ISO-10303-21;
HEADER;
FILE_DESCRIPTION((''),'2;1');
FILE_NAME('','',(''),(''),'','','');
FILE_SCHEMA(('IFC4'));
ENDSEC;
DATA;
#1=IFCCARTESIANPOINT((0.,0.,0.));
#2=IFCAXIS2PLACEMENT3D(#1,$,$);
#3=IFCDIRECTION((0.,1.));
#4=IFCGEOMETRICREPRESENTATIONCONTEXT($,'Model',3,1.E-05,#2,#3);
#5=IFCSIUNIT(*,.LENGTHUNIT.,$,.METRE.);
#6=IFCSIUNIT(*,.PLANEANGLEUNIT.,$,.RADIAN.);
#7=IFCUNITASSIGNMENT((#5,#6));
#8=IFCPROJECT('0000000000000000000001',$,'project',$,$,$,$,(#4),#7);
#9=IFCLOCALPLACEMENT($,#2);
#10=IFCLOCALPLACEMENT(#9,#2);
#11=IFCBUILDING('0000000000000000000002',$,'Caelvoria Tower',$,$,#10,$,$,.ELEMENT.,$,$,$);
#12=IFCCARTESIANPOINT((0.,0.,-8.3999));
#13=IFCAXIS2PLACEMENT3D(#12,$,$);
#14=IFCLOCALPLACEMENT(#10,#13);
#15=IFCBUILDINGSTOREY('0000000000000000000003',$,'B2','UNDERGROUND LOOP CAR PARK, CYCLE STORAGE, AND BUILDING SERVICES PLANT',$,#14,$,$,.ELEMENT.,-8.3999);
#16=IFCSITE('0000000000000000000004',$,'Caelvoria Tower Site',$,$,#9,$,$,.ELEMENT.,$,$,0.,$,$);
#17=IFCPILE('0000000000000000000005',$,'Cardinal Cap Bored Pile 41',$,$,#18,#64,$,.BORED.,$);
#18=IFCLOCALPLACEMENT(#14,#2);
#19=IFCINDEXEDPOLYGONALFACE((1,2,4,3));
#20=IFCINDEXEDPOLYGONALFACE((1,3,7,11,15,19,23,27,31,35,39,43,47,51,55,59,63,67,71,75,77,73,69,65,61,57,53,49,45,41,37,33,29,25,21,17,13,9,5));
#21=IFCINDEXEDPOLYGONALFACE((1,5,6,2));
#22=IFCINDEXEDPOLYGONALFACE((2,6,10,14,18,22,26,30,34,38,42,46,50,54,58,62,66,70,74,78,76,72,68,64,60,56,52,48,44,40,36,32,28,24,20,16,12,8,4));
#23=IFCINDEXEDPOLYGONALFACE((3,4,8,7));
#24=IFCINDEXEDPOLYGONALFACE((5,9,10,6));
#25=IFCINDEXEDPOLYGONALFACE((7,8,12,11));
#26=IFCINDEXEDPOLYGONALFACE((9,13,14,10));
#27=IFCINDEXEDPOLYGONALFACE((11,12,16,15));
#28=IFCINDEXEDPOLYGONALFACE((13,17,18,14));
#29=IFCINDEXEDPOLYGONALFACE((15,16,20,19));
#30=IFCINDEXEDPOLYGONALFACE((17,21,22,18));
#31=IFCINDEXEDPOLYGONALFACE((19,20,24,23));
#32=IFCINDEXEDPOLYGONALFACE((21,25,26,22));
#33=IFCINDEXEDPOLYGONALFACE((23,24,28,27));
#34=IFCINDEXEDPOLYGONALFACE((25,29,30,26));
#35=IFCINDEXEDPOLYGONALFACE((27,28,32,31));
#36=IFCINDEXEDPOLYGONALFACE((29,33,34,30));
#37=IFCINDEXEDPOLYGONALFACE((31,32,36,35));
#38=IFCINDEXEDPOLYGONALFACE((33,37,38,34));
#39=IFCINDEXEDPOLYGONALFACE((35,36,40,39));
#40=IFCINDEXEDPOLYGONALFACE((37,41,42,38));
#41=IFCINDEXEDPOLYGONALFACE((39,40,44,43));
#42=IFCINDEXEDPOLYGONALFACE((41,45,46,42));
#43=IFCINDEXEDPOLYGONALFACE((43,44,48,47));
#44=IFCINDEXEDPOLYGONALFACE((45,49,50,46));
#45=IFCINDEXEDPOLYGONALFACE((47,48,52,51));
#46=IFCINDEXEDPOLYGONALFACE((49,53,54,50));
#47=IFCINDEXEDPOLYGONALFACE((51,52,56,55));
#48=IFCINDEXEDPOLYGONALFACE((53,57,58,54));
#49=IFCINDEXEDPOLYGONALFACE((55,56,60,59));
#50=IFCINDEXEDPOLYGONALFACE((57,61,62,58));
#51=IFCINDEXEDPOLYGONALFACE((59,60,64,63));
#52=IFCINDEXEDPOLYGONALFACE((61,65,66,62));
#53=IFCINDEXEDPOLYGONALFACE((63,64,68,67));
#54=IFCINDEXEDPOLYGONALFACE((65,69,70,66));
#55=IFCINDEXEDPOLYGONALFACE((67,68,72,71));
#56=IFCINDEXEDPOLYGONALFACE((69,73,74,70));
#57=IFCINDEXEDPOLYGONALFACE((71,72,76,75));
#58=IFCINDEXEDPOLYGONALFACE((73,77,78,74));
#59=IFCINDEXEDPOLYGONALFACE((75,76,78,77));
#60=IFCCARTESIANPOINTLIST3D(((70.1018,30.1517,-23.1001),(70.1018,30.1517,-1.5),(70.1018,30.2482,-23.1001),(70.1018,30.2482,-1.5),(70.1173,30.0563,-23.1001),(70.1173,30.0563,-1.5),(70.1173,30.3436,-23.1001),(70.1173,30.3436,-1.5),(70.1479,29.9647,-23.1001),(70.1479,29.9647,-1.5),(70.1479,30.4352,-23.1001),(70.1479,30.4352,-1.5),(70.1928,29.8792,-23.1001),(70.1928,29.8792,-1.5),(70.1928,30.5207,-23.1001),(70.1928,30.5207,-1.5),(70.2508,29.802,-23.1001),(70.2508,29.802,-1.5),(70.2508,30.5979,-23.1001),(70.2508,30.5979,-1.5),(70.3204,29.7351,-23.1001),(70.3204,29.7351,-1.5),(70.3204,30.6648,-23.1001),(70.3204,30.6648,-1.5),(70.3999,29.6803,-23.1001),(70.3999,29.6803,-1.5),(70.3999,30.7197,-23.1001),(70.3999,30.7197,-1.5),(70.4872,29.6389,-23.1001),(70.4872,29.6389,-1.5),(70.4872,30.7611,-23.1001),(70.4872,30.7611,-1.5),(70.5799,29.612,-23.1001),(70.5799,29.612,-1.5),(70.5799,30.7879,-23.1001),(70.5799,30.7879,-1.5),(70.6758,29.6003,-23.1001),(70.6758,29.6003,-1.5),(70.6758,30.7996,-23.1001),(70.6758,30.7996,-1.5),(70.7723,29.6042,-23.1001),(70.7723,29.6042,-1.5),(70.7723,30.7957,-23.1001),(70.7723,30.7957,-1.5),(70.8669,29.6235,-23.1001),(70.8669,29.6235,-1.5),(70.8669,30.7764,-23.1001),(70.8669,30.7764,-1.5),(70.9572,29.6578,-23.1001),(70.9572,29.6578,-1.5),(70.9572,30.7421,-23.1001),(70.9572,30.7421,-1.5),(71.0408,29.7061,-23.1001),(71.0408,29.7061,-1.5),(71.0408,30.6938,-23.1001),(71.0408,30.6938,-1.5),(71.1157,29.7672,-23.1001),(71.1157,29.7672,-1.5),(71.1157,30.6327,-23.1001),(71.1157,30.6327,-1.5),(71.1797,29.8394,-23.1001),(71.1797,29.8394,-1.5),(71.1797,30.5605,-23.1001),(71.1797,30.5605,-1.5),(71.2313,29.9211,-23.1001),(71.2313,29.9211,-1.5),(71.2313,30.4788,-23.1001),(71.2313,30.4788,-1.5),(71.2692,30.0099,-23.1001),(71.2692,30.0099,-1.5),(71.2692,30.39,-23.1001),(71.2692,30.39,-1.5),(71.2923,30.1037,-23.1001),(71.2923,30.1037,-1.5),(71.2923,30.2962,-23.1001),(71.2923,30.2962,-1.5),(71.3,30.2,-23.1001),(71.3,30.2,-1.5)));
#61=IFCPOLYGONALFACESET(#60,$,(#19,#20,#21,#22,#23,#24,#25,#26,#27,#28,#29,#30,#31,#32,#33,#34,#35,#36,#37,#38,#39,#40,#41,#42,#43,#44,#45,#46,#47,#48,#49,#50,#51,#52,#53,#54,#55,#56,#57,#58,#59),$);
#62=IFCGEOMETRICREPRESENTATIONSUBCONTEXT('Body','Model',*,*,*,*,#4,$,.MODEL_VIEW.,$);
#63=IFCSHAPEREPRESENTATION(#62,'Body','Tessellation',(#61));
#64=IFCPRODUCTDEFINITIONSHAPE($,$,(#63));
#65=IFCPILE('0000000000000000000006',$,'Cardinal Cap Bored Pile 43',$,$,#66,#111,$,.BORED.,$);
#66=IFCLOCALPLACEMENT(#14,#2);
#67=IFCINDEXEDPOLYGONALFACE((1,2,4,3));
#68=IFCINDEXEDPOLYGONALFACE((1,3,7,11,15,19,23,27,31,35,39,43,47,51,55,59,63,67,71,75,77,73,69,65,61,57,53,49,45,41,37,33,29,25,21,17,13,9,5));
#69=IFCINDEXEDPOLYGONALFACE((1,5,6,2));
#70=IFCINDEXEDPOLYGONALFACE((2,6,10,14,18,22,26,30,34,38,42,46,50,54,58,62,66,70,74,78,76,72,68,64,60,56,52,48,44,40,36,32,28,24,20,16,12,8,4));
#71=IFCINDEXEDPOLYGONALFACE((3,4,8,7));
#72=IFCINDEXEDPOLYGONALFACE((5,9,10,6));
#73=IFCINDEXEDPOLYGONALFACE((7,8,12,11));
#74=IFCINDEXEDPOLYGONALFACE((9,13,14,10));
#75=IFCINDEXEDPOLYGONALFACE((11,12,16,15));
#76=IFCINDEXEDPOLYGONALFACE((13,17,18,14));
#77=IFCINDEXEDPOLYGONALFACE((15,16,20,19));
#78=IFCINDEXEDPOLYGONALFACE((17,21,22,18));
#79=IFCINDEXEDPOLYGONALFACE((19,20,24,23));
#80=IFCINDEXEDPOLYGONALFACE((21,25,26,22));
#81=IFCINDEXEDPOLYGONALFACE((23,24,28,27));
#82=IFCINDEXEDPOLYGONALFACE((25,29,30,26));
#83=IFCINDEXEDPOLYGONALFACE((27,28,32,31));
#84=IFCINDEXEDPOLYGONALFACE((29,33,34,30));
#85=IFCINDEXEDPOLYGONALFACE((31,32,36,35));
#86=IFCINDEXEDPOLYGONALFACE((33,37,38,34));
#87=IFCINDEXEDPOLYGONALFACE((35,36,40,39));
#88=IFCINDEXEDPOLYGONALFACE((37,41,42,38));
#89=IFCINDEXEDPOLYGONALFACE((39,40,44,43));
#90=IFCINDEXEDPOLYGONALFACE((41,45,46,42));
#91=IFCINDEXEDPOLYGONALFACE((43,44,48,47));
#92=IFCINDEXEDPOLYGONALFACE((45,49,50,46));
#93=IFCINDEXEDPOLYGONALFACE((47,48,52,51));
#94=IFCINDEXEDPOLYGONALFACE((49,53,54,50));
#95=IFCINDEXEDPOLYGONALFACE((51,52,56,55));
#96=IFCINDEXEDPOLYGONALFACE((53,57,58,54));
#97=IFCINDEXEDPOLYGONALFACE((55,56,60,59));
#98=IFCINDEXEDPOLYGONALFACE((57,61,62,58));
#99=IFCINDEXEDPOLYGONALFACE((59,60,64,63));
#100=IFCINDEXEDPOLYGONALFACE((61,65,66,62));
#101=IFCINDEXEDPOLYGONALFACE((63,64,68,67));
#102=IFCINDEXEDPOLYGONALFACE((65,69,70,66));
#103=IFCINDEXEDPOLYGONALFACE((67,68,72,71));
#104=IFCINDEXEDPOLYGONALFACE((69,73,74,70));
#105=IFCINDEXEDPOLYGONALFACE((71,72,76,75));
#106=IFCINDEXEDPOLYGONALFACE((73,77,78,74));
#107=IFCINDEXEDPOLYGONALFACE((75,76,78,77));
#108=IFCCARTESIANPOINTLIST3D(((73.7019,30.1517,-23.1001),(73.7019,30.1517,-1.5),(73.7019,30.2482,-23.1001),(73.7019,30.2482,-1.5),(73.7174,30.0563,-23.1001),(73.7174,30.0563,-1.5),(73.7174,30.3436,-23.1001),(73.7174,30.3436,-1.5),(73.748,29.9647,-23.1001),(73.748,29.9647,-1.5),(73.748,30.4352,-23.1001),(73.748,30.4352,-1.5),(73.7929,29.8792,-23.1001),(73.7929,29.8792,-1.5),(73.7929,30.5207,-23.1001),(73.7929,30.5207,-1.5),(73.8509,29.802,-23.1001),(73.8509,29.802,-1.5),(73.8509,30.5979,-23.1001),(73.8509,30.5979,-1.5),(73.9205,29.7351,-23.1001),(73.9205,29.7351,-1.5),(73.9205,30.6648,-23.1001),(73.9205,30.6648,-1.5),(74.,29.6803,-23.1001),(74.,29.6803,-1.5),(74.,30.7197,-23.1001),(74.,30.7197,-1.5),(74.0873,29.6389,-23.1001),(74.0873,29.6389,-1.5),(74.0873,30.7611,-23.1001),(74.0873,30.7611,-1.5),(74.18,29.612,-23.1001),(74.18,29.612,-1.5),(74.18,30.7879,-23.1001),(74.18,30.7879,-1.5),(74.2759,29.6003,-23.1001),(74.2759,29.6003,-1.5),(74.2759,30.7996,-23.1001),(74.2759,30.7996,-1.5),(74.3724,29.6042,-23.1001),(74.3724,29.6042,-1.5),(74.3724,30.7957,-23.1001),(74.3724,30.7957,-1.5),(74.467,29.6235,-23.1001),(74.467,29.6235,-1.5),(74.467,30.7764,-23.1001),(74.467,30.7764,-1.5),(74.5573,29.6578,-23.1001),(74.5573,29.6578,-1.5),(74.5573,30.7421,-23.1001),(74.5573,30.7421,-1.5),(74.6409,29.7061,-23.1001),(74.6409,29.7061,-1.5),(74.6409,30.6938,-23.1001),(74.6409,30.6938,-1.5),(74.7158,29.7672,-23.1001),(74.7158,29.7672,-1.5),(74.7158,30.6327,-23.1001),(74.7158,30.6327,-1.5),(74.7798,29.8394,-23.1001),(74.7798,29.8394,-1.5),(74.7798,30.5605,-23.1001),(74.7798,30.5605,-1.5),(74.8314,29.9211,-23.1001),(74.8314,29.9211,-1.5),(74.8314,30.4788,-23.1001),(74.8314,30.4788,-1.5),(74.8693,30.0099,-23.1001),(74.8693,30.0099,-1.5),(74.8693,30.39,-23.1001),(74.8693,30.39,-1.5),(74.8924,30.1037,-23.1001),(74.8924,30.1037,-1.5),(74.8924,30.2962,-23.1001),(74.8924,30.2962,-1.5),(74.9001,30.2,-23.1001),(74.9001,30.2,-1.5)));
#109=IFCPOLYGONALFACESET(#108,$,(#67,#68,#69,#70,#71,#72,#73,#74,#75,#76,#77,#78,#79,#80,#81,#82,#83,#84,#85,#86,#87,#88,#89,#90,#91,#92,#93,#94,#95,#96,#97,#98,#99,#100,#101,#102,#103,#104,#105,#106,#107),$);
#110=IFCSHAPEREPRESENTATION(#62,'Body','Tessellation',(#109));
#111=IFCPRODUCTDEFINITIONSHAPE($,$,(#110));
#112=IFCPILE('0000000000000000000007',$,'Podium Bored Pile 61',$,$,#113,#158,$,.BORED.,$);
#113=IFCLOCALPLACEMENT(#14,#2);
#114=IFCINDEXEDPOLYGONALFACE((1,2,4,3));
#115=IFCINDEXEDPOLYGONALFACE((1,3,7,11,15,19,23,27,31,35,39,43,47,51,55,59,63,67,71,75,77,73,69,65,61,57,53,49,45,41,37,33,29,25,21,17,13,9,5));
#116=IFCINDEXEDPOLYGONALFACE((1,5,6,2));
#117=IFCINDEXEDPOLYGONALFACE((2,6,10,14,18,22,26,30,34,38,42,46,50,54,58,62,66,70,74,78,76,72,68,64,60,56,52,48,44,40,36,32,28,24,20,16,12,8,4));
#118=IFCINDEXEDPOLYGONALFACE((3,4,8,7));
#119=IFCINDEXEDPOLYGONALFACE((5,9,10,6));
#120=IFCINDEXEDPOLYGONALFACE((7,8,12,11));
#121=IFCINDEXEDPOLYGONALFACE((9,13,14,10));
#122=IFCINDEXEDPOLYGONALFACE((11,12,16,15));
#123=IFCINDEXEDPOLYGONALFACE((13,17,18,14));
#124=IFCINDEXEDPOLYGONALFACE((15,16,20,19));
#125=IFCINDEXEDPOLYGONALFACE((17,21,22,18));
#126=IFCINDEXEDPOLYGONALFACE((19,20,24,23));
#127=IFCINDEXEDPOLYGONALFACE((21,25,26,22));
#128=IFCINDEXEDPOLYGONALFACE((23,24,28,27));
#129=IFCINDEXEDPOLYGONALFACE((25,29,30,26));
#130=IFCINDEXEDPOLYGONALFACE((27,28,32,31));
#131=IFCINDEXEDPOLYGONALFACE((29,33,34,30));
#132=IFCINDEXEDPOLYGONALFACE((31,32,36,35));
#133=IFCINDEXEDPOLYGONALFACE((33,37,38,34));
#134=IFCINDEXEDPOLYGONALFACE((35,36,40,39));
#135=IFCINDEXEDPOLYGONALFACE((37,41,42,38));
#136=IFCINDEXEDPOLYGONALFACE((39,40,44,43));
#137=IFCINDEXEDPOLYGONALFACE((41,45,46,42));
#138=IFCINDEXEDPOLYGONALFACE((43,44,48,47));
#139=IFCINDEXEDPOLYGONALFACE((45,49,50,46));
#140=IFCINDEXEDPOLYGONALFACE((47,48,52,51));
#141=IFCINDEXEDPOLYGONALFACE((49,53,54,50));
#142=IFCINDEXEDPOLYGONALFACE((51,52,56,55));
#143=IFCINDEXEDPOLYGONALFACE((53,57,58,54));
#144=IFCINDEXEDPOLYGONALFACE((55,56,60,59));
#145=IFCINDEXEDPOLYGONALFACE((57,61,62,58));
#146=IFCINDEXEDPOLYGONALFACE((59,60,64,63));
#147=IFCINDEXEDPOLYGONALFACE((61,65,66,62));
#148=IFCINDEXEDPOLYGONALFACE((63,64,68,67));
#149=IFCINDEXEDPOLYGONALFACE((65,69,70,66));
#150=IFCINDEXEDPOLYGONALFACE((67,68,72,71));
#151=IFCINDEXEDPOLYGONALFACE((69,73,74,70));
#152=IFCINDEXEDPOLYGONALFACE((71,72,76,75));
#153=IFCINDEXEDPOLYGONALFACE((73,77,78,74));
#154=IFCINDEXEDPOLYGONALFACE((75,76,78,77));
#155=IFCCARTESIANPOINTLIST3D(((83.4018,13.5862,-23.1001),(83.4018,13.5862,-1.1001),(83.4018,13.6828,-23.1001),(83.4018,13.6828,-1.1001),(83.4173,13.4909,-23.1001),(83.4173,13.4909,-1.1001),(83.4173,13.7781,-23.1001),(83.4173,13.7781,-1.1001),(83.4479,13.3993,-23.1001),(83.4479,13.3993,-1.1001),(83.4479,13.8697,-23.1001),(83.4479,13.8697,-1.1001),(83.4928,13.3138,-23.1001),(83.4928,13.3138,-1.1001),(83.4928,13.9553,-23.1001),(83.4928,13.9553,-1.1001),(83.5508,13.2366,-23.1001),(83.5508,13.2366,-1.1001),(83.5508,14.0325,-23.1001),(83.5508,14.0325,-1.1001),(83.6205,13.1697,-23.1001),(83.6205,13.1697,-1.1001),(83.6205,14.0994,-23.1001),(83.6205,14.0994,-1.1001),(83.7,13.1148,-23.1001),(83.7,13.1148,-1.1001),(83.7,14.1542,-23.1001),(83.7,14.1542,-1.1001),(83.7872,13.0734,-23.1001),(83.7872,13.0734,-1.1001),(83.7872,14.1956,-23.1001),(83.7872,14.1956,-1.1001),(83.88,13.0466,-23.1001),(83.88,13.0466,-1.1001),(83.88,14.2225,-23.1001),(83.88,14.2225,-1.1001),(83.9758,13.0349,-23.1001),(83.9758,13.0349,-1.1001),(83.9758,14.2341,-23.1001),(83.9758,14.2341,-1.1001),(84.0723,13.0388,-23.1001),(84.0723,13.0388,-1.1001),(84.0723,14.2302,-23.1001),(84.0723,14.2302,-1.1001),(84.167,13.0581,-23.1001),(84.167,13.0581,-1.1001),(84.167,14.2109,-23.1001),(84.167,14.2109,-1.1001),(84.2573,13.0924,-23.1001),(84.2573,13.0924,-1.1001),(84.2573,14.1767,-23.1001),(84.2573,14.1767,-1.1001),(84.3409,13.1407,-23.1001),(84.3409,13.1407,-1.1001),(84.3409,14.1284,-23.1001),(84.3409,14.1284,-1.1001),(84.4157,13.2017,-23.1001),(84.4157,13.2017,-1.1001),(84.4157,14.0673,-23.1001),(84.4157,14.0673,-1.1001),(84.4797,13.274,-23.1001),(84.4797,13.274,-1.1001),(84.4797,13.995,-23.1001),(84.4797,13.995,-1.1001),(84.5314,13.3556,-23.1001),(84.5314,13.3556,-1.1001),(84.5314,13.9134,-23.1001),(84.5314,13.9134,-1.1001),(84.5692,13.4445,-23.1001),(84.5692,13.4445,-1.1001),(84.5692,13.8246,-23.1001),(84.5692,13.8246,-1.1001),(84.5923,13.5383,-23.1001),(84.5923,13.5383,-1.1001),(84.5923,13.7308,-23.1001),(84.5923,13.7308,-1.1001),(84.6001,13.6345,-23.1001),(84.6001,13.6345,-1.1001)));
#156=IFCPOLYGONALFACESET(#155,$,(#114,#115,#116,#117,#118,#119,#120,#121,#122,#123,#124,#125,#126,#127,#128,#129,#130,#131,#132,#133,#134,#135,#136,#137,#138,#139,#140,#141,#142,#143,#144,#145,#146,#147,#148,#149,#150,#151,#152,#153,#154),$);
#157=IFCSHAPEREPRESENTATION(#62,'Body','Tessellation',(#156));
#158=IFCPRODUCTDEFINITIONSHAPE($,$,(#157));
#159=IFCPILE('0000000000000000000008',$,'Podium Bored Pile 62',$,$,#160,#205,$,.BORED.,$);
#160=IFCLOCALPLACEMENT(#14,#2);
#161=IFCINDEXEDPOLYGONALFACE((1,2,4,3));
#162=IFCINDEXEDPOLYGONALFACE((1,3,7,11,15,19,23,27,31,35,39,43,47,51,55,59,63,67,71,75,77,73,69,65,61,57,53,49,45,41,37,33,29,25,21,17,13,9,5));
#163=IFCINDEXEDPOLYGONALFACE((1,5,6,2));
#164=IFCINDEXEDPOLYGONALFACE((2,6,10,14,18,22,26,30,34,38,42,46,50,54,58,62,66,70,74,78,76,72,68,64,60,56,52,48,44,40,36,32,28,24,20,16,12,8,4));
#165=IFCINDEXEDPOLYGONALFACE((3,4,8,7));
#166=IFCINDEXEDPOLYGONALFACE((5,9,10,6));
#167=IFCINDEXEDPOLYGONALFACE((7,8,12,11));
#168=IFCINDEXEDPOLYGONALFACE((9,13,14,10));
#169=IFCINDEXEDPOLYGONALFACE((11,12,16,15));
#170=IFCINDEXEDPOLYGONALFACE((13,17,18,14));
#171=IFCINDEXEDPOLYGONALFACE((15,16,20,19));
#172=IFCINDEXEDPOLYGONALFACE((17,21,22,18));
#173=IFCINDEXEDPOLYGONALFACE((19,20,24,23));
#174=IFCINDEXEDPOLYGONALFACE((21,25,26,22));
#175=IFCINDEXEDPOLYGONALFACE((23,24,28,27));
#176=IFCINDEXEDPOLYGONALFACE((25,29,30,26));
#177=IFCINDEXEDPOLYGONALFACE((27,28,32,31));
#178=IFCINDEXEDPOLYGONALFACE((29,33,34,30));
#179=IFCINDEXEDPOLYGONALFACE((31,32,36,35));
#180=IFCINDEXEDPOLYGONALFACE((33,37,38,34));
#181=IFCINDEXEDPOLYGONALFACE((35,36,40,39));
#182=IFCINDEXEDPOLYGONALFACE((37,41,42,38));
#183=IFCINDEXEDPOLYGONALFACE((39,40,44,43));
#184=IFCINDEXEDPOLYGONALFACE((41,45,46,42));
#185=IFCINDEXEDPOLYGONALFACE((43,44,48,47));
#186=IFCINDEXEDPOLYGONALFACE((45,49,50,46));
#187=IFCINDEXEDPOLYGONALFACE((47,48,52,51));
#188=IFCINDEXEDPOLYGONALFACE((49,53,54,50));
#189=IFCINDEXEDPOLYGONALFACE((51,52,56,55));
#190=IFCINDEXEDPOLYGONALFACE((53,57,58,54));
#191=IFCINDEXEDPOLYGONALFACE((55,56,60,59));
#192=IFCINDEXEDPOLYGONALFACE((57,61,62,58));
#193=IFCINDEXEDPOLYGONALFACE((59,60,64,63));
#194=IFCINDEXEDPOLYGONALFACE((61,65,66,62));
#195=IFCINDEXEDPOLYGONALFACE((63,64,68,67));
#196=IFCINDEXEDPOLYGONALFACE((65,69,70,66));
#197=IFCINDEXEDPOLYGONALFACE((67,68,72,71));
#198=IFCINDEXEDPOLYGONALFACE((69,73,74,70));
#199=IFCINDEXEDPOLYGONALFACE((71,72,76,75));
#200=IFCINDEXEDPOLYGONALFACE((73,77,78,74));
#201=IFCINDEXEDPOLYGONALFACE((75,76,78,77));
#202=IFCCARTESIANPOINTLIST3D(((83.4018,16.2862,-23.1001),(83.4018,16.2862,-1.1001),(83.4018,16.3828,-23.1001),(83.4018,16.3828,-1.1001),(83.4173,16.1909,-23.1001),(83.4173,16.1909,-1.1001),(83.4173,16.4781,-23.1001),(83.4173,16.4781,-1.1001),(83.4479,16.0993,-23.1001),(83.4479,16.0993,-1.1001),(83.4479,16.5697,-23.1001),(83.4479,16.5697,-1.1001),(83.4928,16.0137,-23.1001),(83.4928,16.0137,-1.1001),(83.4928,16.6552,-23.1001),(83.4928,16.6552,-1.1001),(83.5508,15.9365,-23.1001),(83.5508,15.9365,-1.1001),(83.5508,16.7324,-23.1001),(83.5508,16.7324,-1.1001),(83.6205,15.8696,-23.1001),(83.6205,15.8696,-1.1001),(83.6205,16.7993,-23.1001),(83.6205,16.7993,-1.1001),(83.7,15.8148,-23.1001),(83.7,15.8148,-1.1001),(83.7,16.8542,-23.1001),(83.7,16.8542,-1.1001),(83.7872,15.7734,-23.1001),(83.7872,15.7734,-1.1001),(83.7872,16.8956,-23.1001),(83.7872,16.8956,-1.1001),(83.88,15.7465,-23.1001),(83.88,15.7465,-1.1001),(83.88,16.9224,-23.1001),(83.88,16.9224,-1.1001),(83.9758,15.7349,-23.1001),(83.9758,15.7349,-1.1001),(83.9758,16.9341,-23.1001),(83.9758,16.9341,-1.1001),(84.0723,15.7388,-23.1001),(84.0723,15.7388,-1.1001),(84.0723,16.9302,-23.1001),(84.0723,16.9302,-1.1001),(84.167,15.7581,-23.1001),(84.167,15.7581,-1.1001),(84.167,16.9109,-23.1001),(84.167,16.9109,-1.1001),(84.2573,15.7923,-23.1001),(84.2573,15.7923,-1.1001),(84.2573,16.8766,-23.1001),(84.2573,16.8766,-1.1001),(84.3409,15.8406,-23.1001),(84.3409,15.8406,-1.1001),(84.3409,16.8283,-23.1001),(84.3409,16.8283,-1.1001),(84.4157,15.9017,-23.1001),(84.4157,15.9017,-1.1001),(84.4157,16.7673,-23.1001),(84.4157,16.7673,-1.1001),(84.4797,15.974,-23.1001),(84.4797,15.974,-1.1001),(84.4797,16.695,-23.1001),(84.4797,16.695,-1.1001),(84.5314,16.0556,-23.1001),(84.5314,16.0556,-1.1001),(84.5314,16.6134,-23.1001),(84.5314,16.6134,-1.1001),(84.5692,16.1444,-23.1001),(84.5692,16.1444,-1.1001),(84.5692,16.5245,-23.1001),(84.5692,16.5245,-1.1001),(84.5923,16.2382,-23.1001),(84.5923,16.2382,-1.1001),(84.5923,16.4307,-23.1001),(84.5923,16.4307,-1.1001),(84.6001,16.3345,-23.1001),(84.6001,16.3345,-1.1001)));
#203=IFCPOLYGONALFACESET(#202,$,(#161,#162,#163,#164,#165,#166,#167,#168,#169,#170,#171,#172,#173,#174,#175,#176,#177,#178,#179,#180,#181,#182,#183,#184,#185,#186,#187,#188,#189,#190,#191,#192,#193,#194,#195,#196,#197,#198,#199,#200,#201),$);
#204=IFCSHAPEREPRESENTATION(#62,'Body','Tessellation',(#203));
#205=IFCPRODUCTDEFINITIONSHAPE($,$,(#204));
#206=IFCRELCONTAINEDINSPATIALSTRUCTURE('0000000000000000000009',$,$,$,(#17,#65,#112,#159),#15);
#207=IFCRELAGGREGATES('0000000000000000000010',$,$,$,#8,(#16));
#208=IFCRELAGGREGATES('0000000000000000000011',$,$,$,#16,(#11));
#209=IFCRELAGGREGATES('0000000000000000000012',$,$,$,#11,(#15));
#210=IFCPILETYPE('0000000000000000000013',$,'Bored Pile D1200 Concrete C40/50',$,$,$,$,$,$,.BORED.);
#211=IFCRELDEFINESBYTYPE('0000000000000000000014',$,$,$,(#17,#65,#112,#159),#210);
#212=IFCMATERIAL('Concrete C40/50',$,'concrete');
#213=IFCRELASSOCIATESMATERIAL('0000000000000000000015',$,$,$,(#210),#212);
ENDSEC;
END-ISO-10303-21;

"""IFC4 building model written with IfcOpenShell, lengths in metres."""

from ifc_helpers import new_model, si_unit, direction, frame, origin, origin_2d, place, context, subcontext, project, spatial, circle, extrude, material, material_profile, profile_set, type_object, element, save


model = new_model("IFC4")

# Units and contexts
model_context = context("Model", 3, precision=1e-05, world=origin(), true_north=direction((0.0, 1.0)))
body_context = subcontext(model_context, "Body", "Model", "MODEL_VIEW")
ifc_project = project(units=[si_unit("LENGTHUNIT", "METRE"), si_unit("PLANEANGLEUNIT", "RADIAN")], contexts=[model_context])

# Site, building, storey
site_placement = place(None, origin())
site = spatial("IfcSite", under=ifc_project, at=site_placement, Name="Caelvoria Tower Site", CompositionType="ELEMENT", RefElevation=0.0)
building_placement = place(site_placement, origin())
building = spatial("IfcBuilding", under=site, at=building_placement, Name="Caelvoria Tower", CompositionType="ELEMENT")
storey_placement = place(building_placement, frame((0.0, 0.0, -8.3999)))
storey = spatial("IfcBuildingStorey", under=building, at=storey_placement, Name="B2", Description="UNDERGROUND LOOP CAR PARK, CYCLE STORAGE, AND BUILDING SERVICES PLANT", CompositionType="ELEMENT", Elevation=-8.3999)

# Piles
ifc_material_1 = material(Name="Concrete C40/50", Category="concrete")
ifc_material_profile_1 = material_profile(ifc_material_1, circle(Radius=0.6001, at=origin_2d()), Name="Concrete C40/50")
ifc_profile_set_1 = profile_set([ifc_material_profile_1], Name="PILE_D1200 - Concrete C40/50")
pile_type_1 = type_object("IfcPileType", Name="Bored Pile D1200 Concrete C40/50", PredefinedType="BORED", material=ifc_profile_set_1)
for number, where, z_axis, x_axis, name in (
    (1, (70.7, 30.2, -1.5), (0.0, 0.0, -1.0), (1.0, 0.0, 0.0), "Cardinal Cap Bored Pile 41"),
    (2, (74.3, 30.2, -1.5), (0.0, 0.0, -1.0), (1.0, 0.0, 0.0), "Cardinal Cap Bored Pile 43"),
):
    element("IfcPile", number, at=place(storey_placement, frame(where, z_axis=z_axis, x_axis=x_axis)), inside=storey, type_object=pile_type_1, Name=name, PredefinedType="BORED", context=body_context, shape_type="SweptSolid", body=[
        extrude(circle(Radius=0.6001, at=origin_2d()), origin(), (0.0, 0.0, 1.0), 21.6001),
    ])
for number, where, z_axis, x_axis, name in (
    (3, (84.0, 13.6345, -1.1001), (0.0, 0.0, -1.0), (1.0, 0.0, 0.0), "Podium Bored Pile 61"),
    (4, (84.0, 16.3345, -1.1001), (0.0, 0.0, -1.0), (1.0, 0.0, 0.0), "Podium Bored Pile 62"),
):
    element("IfcPile", number, at=place(storey_placement, frame(where, z_axis=z_axis, x_axis=x_axis)), inside=storey, type_object=pile_type_1, Name=name, PredefinedType="BORED", context=body_context, shape_type="SweptSolid", body=[
        extrude(circle(Radius=0.6001, at=origin_2d()), origin(), (0.0, 0.0, 1.0), 22.0),
    ])

save(model, "model.ifc")
